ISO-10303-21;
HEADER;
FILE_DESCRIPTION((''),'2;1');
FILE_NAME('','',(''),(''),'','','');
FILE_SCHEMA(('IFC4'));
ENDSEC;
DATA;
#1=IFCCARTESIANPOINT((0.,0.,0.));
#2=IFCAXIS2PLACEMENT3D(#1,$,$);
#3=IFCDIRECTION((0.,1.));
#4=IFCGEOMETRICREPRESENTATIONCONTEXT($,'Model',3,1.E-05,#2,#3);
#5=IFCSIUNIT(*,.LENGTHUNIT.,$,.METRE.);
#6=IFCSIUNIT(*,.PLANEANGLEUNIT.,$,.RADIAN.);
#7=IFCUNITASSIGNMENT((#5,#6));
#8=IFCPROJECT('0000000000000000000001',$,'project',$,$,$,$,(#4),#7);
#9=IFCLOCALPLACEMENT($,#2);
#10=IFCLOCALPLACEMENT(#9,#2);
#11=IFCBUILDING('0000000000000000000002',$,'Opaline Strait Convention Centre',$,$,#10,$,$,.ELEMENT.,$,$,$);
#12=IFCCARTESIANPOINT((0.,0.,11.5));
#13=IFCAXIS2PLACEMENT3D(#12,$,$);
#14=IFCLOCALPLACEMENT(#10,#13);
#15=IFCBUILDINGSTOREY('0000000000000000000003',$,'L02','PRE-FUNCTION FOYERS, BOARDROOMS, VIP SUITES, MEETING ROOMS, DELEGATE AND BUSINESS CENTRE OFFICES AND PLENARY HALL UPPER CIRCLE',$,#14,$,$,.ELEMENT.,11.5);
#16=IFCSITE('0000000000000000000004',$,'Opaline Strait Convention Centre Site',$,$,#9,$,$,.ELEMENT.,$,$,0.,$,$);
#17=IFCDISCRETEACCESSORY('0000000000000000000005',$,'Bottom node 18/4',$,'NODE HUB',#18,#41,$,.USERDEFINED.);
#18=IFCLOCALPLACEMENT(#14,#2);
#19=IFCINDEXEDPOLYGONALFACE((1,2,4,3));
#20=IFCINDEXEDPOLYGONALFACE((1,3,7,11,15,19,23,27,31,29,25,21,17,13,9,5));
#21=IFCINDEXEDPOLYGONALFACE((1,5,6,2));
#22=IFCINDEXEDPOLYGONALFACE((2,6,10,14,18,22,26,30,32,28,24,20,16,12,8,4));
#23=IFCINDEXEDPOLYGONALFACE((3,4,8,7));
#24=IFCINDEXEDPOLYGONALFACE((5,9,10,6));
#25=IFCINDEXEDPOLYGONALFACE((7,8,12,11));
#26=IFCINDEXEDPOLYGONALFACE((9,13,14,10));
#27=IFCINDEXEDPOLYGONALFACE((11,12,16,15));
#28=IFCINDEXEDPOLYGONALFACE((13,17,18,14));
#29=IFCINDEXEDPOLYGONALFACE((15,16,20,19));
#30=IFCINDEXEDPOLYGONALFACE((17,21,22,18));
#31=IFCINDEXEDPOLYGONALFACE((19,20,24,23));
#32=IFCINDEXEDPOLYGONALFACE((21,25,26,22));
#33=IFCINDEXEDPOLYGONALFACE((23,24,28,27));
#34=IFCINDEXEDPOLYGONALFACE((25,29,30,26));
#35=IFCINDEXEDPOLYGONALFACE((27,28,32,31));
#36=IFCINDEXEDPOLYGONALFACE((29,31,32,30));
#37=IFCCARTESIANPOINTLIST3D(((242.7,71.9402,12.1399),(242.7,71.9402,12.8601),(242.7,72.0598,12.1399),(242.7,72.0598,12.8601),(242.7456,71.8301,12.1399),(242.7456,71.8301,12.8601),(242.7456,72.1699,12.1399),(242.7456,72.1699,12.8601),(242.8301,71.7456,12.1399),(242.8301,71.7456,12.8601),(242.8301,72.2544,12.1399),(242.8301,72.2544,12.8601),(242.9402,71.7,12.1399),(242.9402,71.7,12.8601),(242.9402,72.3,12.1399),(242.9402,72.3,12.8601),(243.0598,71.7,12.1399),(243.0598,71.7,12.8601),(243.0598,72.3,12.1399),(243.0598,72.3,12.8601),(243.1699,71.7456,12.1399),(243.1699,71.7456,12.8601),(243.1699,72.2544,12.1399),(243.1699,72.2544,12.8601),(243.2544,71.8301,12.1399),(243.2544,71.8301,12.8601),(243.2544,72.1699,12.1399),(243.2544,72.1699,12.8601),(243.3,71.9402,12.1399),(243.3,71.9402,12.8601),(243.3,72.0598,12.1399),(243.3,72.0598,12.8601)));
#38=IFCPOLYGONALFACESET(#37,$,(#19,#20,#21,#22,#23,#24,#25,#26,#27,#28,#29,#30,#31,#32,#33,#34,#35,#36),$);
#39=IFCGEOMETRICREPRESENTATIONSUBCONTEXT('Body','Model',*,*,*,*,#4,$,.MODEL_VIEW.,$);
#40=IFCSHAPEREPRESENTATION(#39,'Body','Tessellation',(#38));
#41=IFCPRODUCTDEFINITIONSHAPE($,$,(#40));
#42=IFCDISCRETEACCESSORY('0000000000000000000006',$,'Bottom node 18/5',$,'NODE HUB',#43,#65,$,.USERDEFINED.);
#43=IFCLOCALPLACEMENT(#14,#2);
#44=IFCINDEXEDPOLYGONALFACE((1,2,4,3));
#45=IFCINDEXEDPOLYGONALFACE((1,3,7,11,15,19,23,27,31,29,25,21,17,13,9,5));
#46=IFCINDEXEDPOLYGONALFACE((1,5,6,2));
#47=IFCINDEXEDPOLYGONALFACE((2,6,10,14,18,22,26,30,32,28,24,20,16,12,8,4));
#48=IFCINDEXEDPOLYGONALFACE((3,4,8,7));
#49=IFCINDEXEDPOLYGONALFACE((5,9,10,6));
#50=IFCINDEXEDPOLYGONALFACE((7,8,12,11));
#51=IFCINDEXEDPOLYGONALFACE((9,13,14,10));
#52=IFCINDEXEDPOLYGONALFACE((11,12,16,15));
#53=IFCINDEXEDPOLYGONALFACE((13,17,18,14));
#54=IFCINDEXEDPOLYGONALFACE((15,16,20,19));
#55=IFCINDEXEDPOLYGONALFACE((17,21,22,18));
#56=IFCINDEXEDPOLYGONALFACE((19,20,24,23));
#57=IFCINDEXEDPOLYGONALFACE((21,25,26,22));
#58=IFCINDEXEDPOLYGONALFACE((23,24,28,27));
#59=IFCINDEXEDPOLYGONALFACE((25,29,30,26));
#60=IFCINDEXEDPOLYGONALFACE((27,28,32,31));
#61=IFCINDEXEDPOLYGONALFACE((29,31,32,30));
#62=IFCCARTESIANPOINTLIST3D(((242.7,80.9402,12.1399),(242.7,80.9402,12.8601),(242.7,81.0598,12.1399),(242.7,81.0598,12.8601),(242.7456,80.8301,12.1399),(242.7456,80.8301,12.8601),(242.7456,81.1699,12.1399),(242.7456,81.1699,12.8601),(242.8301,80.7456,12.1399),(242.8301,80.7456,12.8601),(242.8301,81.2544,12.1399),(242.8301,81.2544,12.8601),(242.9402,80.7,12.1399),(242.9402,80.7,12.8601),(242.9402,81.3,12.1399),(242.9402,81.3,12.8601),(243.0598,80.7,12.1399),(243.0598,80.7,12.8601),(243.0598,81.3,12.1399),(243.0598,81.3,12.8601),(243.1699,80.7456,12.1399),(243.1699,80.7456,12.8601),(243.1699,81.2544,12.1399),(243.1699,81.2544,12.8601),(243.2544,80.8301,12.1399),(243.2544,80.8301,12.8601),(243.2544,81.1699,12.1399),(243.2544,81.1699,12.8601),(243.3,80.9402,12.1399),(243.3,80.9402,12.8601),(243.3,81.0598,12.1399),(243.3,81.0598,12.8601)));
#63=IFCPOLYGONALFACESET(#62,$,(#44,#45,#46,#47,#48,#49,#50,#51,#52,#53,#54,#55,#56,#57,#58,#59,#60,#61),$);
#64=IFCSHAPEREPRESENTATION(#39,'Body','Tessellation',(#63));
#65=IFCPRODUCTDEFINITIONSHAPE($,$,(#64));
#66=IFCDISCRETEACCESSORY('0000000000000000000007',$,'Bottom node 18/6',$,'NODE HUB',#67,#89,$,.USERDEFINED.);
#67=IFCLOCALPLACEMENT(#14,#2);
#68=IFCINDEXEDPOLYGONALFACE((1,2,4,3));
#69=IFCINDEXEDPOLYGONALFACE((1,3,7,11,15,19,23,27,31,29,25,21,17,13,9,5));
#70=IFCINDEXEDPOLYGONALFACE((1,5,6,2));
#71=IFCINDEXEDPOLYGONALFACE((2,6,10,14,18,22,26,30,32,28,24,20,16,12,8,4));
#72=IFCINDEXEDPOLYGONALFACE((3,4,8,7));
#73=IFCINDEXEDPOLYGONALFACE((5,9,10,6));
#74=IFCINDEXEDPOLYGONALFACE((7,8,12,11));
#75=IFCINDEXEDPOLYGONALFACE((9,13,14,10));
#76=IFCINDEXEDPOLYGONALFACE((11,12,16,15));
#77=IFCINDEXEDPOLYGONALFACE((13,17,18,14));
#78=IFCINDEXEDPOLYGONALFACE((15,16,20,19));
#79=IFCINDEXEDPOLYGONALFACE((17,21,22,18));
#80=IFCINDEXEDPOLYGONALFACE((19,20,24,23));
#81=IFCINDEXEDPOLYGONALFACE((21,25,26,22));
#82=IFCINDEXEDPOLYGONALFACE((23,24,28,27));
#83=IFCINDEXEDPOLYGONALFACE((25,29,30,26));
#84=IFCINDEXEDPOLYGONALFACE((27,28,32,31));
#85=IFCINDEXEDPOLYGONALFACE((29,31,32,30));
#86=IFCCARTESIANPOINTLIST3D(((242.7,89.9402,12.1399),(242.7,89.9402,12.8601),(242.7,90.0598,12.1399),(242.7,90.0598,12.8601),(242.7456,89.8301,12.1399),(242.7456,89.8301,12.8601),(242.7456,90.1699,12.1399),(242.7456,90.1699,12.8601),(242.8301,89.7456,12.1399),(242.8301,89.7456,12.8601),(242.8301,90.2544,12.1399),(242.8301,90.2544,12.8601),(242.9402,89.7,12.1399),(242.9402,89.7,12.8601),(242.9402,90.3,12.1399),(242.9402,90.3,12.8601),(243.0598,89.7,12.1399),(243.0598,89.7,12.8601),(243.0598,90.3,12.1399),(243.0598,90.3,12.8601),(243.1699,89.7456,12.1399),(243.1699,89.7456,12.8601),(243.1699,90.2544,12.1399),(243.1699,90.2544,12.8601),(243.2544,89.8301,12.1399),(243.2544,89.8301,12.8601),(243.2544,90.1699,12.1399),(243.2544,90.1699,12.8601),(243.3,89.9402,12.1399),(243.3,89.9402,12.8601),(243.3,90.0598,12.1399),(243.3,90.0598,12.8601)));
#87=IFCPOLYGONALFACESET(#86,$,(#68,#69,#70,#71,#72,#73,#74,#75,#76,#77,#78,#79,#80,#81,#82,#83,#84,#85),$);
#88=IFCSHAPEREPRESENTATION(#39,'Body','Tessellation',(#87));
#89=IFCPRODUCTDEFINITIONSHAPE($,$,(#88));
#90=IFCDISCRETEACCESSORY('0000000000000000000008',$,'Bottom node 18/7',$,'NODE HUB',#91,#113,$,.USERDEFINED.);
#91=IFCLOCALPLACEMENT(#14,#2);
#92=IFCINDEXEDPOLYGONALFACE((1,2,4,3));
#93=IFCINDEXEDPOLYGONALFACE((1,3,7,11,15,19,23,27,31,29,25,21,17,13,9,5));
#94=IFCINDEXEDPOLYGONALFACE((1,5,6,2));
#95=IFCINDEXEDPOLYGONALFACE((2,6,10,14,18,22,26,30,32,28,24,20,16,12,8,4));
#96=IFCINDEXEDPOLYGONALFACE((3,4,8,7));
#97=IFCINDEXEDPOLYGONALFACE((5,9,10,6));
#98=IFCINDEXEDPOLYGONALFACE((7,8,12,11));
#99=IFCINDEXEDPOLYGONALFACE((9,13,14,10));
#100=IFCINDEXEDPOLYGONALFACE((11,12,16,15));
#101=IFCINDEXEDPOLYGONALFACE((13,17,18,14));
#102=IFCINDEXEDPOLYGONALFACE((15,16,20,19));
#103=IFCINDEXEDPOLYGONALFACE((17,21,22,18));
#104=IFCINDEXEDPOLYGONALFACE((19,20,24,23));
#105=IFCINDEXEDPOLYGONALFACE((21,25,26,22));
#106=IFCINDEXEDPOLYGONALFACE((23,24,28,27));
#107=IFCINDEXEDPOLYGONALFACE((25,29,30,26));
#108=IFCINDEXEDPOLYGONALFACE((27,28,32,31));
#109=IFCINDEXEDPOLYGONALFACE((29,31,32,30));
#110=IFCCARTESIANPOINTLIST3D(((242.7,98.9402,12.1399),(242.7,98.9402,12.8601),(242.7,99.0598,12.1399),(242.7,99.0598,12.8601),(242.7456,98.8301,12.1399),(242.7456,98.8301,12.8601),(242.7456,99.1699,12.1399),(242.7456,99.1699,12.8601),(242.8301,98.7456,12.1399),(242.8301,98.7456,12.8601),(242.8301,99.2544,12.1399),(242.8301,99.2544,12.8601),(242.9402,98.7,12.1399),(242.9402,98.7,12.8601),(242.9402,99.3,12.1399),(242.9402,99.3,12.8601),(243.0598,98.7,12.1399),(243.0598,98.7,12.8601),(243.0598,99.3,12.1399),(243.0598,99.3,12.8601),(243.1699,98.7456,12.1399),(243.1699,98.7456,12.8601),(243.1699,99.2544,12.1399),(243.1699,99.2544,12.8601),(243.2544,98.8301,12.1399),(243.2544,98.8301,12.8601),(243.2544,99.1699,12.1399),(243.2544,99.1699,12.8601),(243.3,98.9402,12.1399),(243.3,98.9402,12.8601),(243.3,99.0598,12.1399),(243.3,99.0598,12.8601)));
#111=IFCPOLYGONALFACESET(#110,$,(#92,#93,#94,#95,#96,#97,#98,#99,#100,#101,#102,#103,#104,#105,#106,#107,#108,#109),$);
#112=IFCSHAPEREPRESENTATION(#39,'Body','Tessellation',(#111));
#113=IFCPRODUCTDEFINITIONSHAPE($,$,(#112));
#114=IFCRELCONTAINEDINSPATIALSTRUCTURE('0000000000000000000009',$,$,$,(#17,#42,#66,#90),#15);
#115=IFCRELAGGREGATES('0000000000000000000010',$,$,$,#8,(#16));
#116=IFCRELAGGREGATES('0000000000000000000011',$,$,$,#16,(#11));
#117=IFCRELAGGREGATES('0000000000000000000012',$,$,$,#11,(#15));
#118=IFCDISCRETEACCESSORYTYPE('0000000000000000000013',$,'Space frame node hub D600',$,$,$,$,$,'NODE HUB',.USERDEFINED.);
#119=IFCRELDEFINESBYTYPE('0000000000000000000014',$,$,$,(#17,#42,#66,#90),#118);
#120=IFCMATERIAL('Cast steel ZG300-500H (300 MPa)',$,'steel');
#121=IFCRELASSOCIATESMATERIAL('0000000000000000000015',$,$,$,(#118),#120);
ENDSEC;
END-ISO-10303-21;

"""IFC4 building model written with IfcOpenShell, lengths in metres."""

from ifc_helpers import new_model, si_unit, direction, frame, origin, place, context, subcontext, project, spatial, polyline, outline, extrude, material, type_object, element, save


model = new_model("IFC4")

# Units and contexts
model_context = context("Model", 3, precision=1e-05, world=origin(), true_north=direction((0.0, 1.0)))
body_context = subcontext(model_context, "Body", "Model", "MODEL_VIEW")
ifc_project = project(units=[si_unit("LENGTHUNIT", "METRE"), si_unit("PLANEANGLEUNIT", "RADIAN")], contexts=[model_context])

# Site, building, storey
site_placement = place(None, origin())
site = spatial("IfcSite", under=ifc_project, at=site_placement, Name="Opaline Strait Convention Centre Site", CompositionType="ELEMENT", RefElevation=0.0)
building_placement = place(site_placement, origin())
building = spatial("IfcBuilding", under=site, at=building_placement, Name="Opaline Strait Convention Centre", CompositionType="ELEMENT")
storey_placement = place(building_placement, frame((0.0, 0.0, 11.5)))
storey = spatial("IfcBuildingStorey", under=building, at=storey_placement, Name="L02", Description="PRE-FUNCTION FOYERS, BOARDROOMS, VIP SUITES, MEETING ROOMS, DELEGATE AND BUSINESS CENTRE OFFICES AND PLENARY HALL UPPER CIRCLE", CompositionType="ELEMENT", Elevation=11.5)

# Discrete accessories
ifc_material = material(Name="Cast steel ZG300-500H (300 MPa)", Category="steel")
discrete_accessory_type_1 = type_object("IfcDiscreteAccessoryType", Name="Space frame node hub D600", ElementType="NODE HUB", PredefinedType="USERDEFINED", material=ifc_material)
discrete_accessory_1_placement = place(storey_placement, frame((0.0, 0.0, 12.1399)))
element("IfcDiscreteAccessory", 1, at=discrete_accessory_1_placement, inside=storey, type_object=discrete_accessory_type_1, Name="Bottom node 18/4", ObjectType="NODE HUB", PredefinedType="USERDEFINED", context=body_context, shape_type="SweptSolid", body=[
    extrude(outline(polyline([(243.3, 72.0598), (243.2544, 72.1699), (243.1699, 72.2544), (243.0598, 72.3), (242.9402, 72.3), (242.8301, 72.2544), (242.7456, 72.1699), (242.7, 72.0598), (242.7, 71.9402), (242.7456, 71.8301), (242.8301, 71.7456), (242.9402, 71.7), (243.0598, 71.7), (243.1699, 71.7456), (243.2544, 71.8301), (243.3, 71.9402), (243.3, 72.0598)])), origin(), (0.0, 0.0, 1.0), 0.7202),
])
discrete_accessory_2_placement = place(storey_placement, frame((0.0, 0.0, 12.1399)))
element("IfcDiscreteAccessory", 2, at=discrete_accessory_2_placement, inside=storey, type_object=discrete_accessory_type_1, Name="Bottom node 18/5", ObjectType="NODE HUB", PredefinedType="USERDEFINED", context=body_context, shape_type="SweptSolid", body=[
    extrude(outline(polyline([(243.3, 81.0598), (243.2544, 81.1699), (243.1699, 81.2544), (243.0598, 81.3), (242.9402, 81.3), (242.8301, 81.2544), (242.7456, 81.1699), (242.7, 81.0598), (242.7, 80.9402), (242.7456, 80.8301), (242.8301, 80.7456), (242.9402, 80.7), (243.0598, 80.7), (243.1699, 80.7456), (243.2544, 80.8301), (243.3, 80.9402), (243.3, 81.0598)])), origin(), (0.0, 0.0, 1.0), 0.7202),
])
discrete_accessory_3_placement = place(storey_placement, frame((0.0, 0.0, 12.1399)))
element("IfcDiscreteAccessory", 3, at=discrete_accessory_3_placement, inside=storey, type_object=discrete_accessory_type_1, Name="Bottom node 18/6", ObjectType="NODE HUB", PredefinedType="USERDEFINED", context=body_context, shape_type="SweptSolid", body=[
    extrude(outline(polyline([(243.3, 90.0598), (243.2544, 90.1699), (243.1699, 90.2544), (243.0598, 90.3), (242.9402, 90.3), (242.8301, 90.2544), (242.7456, 90.1699), (242.7, 90.0598), (242.7, 89.9402), (242.7456, 89.8301), (242.8301, 89.7456), (242.9402, 89.7), (243.0598, 89.7), (243.1699, 89.7456), (243.2544, 89.8301), (243.3, 89.9402), (243.3, 90.0598)])), origin(), (0.0, 0.0, 1.0), 0.7202),
])
discrete_accessory_4_placement = place(storey_placement, frame((0.0, 0.0, 12.1399)))
element("IfcDiscreteAccessory", 4, at=discrete_accessory_4_placement, inside=storey, type_object=discrete_accessory_type_1, Name="Bottom node 18/7", ObjectType="NODE HUB", PredefinedType="USERDEFINED", context=body_context, shape_type="SweptSolid", body=[
    extrude(outline(polyline([(243.3, 99.0598), (243.2544, 99.1699), (243.1699, 99.2544), (243.0598, 99.3), (242.9402, 99.3), (242.8301, 99.2544), (242.7456, 99.1699), (242.7, 99.0598), (242.7, 98.9402), (242.7456, 98.8301), (242.8301, 98.7456), (242.9402, 98.7), (243.0598, 98.7), (243.1699, 98.7456), (243.2544, 98.8301), (243.3, 98.9402), (243.3, 99.0598)])), origin(), (0.0, 0.0, 1.0), 0.7202),
])

save(model, "model.ifc")
